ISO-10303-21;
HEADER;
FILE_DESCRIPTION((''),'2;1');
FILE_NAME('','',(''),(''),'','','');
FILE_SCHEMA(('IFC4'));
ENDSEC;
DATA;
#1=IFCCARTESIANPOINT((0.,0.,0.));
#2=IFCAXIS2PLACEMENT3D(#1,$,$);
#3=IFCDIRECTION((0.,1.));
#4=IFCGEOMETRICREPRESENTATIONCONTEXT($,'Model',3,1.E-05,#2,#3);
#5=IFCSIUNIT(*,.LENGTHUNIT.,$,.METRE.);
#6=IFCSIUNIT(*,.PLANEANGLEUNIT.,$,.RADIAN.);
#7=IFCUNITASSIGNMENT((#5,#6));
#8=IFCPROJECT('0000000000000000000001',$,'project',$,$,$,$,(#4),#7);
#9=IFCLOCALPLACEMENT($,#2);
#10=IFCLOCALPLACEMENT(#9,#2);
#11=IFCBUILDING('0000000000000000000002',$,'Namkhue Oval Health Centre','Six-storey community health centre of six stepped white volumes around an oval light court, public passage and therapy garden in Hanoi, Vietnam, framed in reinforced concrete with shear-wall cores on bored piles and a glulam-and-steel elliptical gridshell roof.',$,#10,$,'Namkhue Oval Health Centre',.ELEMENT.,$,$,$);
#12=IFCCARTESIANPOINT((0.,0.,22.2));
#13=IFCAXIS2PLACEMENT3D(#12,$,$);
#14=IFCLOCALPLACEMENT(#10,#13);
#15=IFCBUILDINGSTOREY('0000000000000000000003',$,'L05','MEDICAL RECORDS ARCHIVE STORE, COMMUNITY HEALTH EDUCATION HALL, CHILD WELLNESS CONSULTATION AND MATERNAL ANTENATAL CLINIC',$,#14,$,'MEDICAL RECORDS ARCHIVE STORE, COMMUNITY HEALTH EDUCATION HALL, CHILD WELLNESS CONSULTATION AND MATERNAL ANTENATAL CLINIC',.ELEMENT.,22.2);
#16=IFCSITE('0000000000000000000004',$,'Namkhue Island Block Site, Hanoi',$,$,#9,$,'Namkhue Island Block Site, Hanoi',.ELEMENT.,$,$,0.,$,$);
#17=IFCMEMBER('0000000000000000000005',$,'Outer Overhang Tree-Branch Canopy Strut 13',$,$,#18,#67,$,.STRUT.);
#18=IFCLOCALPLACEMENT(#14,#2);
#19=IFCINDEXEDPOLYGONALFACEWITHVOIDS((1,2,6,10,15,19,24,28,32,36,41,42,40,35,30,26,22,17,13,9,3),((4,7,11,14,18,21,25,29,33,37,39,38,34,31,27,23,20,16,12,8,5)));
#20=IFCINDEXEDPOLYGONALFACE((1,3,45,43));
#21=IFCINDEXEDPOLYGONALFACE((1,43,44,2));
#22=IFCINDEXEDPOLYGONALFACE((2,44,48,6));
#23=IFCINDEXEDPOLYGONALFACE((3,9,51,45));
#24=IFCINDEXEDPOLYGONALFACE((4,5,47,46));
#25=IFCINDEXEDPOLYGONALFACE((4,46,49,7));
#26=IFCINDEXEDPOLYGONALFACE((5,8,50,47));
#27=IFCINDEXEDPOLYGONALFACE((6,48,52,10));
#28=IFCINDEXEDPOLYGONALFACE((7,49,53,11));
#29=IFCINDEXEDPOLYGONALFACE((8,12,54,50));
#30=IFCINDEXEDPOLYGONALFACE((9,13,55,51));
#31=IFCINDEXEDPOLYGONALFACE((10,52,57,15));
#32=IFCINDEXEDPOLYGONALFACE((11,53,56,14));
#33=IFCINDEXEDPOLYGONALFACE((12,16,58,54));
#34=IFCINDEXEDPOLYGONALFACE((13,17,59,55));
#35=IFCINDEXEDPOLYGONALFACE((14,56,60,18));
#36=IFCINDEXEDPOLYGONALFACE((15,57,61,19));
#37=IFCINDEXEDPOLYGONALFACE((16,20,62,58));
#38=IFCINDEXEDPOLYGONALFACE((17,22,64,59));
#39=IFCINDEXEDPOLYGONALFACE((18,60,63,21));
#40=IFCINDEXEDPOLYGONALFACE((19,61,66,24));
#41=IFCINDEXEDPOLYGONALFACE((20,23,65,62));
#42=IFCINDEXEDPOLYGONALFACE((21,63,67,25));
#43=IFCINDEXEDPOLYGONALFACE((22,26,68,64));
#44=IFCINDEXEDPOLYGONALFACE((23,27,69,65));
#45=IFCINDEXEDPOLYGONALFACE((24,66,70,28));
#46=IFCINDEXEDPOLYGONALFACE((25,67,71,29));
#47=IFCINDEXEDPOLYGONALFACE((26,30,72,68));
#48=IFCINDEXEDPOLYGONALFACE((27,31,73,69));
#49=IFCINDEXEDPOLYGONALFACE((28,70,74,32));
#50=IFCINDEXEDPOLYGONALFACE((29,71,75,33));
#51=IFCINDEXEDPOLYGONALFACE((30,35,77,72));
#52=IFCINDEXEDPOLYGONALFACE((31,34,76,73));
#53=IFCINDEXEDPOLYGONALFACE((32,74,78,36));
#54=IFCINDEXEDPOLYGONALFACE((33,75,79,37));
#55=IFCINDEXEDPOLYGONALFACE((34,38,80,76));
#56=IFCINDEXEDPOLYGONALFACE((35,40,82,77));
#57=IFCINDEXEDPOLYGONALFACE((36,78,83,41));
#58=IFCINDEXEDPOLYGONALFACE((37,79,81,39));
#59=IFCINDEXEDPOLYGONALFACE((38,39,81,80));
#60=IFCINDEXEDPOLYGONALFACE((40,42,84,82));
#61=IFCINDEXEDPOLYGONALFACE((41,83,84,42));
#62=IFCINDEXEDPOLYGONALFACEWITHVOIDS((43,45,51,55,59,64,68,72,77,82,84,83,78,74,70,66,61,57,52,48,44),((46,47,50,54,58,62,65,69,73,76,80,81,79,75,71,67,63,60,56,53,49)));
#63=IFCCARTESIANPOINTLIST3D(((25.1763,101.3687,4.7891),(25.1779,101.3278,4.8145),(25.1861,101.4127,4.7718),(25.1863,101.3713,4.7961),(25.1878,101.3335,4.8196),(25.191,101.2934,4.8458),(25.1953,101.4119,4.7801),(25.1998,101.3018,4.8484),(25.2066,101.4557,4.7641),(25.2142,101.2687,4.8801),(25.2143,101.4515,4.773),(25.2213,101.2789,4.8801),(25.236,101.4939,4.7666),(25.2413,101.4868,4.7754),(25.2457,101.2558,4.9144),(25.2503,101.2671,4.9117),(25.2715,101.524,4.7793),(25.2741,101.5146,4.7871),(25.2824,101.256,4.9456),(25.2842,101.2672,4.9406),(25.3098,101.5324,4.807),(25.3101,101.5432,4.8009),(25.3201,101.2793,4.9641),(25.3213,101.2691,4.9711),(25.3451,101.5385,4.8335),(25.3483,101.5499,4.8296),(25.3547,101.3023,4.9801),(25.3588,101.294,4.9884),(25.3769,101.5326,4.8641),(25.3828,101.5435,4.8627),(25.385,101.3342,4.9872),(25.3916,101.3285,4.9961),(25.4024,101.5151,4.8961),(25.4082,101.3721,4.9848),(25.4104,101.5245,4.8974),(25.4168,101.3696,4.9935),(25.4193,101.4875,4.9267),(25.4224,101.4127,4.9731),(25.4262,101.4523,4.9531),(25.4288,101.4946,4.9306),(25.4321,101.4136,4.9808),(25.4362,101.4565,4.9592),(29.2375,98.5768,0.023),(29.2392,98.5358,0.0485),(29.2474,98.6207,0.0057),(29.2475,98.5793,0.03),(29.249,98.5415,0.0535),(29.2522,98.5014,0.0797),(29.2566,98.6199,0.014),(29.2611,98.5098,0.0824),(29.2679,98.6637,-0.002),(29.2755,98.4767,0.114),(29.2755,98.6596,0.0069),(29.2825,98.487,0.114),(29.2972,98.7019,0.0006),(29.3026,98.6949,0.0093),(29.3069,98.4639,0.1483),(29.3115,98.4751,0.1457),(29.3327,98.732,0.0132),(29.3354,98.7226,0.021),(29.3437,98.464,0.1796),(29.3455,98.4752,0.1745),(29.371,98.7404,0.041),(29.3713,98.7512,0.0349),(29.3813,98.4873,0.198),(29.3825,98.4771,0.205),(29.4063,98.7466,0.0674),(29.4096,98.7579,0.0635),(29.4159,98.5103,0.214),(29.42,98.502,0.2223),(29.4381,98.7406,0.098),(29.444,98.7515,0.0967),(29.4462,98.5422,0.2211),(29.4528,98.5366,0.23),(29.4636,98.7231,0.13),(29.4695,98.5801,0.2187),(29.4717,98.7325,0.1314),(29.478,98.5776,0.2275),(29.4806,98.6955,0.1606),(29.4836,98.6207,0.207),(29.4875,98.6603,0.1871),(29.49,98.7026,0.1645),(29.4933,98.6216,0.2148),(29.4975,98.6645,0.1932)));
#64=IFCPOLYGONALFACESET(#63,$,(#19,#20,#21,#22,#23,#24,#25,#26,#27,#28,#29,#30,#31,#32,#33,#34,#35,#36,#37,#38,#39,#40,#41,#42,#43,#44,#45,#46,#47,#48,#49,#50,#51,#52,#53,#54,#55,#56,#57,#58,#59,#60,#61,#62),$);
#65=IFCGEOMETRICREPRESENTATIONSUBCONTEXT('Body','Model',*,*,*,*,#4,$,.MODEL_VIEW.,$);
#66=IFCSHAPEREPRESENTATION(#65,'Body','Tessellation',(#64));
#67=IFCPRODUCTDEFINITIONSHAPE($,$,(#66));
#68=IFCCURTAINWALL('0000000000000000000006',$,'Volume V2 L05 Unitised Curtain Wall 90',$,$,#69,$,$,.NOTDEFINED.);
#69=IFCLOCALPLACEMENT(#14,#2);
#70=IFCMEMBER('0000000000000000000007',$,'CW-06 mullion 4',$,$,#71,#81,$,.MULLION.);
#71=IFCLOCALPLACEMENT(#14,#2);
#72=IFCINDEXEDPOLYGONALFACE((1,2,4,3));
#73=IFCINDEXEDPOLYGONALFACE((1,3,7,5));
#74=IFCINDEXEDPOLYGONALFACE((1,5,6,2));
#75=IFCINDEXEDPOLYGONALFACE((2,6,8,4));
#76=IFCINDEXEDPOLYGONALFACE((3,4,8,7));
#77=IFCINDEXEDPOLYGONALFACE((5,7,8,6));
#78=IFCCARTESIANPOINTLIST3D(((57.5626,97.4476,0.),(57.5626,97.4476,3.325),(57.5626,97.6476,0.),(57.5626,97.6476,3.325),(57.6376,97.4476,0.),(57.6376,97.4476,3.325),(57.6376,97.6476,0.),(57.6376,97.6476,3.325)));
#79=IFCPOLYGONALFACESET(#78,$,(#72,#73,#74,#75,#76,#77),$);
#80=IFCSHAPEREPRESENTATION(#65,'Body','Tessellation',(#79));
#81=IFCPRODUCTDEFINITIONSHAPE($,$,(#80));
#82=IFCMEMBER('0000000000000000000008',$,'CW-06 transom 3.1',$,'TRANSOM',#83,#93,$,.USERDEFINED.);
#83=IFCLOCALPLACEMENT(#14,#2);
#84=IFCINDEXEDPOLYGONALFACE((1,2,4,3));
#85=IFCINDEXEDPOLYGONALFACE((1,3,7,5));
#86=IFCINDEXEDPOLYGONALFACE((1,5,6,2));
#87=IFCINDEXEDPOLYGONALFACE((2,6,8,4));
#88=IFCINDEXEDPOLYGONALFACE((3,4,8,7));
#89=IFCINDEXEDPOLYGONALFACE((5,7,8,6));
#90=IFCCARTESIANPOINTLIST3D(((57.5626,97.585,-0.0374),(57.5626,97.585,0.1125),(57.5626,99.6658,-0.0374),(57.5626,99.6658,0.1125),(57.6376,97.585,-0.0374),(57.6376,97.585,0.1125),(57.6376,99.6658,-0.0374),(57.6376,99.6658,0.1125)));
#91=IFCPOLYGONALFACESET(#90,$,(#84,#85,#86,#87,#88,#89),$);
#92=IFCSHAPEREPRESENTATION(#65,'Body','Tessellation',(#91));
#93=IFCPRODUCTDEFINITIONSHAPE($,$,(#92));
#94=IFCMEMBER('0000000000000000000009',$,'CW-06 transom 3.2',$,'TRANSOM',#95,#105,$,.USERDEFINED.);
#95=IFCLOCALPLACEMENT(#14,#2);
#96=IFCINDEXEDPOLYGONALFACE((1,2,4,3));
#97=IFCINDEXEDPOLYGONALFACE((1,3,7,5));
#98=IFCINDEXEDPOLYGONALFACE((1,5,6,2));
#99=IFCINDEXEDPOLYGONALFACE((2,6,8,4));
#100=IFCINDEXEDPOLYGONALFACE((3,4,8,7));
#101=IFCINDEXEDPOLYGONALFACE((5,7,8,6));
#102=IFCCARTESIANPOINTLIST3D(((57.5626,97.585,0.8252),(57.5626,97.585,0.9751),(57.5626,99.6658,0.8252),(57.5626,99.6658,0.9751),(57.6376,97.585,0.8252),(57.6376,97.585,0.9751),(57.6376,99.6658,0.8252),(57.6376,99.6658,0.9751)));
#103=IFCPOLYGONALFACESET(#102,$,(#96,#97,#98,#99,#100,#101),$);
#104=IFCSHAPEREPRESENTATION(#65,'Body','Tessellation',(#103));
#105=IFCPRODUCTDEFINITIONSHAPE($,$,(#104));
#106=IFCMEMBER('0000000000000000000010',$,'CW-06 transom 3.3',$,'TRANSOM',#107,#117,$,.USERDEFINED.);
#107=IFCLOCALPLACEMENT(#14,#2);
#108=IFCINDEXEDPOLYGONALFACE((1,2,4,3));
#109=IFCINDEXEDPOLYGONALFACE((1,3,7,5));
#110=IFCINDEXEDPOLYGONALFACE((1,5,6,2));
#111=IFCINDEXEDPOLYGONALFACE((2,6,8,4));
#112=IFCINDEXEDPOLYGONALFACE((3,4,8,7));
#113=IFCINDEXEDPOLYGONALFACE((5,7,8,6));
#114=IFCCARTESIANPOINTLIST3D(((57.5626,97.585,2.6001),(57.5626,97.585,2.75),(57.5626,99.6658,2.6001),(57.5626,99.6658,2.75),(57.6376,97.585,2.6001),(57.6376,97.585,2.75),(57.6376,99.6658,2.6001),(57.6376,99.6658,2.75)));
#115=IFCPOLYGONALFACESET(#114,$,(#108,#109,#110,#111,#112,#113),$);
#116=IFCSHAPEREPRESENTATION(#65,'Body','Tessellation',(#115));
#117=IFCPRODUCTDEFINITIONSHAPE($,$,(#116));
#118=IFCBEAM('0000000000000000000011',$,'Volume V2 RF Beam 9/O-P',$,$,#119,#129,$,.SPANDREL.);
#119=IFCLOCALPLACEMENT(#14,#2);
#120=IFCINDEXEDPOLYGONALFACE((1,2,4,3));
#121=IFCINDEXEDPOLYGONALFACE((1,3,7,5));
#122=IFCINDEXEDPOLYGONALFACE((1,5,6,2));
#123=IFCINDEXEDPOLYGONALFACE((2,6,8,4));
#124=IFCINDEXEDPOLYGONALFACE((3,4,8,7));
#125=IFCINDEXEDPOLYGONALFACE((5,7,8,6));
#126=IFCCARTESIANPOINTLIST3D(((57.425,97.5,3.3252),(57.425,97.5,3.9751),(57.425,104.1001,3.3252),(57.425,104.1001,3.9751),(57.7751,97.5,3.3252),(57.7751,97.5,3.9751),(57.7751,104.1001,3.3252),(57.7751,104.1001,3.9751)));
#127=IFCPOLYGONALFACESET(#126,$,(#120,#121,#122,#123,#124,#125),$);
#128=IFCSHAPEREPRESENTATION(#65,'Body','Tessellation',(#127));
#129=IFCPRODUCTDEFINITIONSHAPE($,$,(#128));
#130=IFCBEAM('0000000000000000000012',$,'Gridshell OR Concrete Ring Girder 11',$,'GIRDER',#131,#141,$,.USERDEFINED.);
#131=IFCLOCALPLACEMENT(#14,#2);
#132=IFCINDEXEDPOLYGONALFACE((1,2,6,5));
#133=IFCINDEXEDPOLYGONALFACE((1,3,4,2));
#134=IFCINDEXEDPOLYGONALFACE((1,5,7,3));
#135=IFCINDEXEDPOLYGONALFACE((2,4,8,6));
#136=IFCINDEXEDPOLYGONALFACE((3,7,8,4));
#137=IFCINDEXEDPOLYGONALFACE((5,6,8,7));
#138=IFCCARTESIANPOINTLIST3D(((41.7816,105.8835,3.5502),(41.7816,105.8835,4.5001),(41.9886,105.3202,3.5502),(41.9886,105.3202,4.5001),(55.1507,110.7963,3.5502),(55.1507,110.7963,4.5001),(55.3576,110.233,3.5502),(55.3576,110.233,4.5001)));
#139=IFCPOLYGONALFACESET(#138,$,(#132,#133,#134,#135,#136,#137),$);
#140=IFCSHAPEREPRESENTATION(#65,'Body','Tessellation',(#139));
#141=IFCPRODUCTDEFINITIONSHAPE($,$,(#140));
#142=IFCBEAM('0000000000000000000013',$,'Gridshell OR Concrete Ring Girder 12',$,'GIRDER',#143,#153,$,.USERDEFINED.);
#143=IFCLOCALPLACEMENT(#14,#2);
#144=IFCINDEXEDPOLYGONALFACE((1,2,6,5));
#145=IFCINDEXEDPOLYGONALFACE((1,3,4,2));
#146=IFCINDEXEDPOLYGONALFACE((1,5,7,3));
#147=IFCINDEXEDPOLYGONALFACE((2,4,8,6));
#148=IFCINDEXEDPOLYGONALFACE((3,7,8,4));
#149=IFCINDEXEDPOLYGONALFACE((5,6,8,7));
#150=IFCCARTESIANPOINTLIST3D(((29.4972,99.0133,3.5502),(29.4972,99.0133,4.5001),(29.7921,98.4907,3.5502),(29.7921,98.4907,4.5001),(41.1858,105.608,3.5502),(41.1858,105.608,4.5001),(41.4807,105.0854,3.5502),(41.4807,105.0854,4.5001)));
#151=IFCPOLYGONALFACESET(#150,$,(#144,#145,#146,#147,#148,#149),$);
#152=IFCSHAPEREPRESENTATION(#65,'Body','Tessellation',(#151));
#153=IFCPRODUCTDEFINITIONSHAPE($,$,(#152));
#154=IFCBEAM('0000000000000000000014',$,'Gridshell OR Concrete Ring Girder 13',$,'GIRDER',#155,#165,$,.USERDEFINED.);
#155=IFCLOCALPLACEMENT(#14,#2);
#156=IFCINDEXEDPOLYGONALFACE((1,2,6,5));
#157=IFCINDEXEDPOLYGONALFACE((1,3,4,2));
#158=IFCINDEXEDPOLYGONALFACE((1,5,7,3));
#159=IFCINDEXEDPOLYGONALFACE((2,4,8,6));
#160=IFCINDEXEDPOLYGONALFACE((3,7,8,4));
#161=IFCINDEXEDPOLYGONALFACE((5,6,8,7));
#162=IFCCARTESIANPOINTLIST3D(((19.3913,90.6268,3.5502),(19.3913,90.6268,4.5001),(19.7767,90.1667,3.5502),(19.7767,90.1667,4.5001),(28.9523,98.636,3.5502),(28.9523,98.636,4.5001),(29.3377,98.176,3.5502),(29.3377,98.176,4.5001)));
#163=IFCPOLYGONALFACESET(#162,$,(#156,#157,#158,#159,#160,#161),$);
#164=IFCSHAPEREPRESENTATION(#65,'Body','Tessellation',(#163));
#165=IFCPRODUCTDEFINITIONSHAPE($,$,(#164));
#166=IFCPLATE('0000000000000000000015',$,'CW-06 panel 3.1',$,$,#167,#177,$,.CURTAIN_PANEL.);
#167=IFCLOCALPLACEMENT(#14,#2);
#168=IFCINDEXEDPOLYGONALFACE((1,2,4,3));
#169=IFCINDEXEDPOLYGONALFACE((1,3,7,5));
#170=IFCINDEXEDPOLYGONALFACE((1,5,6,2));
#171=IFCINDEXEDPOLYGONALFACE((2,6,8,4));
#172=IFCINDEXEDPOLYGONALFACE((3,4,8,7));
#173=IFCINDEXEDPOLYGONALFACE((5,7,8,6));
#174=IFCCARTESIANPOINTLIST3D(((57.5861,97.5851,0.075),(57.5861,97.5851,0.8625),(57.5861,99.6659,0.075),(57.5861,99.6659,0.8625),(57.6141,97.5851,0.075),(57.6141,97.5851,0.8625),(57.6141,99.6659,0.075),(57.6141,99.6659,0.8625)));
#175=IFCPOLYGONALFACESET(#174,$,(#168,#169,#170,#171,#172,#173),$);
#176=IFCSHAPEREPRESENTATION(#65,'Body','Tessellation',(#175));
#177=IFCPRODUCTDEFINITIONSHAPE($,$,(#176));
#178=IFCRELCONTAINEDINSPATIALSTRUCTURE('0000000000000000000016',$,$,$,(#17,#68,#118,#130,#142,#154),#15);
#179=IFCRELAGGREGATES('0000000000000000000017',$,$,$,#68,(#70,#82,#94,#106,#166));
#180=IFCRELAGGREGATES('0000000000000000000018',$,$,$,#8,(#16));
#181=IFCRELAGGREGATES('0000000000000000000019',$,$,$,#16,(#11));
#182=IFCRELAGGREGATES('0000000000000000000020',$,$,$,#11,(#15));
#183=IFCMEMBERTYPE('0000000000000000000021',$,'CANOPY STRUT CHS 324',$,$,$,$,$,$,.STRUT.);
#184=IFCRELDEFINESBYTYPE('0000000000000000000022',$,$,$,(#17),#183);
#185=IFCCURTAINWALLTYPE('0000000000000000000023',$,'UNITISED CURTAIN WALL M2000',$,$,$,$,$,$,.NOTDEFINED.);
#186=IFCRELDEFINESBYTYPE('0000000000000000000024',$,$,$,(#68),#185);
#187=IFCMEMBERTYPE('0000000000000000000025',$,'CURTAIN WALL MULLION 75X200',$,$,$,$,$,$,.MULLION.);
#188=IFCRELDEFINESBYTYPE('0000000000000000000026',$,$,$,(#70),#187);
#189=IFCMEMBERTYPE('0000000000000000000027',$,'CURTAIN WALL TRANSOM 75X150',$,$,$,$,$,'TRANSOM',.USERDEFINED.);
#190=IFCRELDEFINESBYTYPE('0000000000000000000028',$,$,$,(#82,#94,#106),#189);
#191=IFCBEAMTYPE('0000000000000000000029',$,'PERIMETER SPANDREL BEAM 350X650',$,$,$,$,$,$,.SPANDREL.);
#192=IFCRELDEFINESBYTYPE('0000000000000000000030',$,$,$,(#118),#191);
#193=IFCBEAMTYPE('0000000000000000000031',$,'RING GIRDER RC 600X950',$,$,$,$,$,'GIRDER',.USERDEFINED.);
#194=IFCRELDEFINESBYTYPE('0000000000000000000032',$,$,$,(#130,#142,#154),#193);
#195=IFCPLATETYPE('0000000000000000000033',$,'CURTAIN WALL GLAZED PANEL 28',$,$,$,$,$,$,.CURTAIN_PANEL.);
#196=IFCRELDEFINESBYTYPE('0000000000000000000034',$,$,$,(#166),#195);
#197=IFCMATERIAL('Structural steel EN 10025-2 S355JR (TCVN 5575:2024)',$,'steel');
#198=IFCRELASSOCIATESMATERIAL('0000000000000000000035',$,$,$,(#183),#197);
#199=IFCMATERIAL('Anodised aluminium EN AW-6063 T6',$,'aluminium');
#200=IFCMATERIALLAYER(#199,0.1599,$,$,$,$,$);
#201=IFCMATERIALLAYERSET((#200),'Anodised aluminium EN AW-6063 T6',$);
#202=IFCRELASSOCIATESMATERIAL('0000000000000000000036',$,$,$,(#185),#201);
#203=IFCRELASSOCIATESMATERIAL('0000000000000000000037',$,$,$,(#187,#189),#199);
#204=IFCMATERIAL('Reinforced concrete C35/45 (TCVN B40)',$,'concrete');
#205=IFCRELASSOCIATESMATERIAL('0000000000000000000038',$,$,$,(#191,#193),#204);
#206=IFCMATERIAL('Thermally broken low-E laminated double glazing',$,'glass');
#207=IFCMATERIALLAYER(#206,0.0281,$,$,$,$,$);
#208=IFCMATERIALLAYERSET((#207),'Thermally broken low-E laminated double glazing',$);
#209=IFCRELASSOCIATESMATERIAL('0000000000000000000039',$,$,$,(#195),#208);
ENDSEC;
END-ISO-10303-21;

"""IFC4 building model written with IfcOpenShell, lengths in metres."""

from ifc_helpers import new_model, si_unit, direction, frame, origin, origin_2d, place, context, subcontext, project, spatial, rectangle, hollow_circle, extrude, material, layer, layer_set, material_profile, profile_set, type_object, element, aggregate, save


model = new_model("IFC4")

# Units and contexts
model_context = context("Model", 3, precision=1e-05, world=origin(), true_north=direction((0.0, 1.0)))
body_context = subcontext(model_context, "Body", "Model", "MODEL_VIEW")
ifc_project = project(units=[si_unit("LENGTHUNIT", "METRE"), si_unit("PLANEANGLEUNIT", "RADIAN")], contexts=[model_context])

# Site, building, storey
site_placement = place(None, origin())
site = spatial("IfcSite", under=ifc_project, at=site_placement, Name="Namkhue Island Block Site, Hanoi", LongName="Namkhue Island Block Site, Hanoi", CompositionType="ELEMENT", RefElevation=0.0)
building_placement = place(site_placement, origin())
building = spatial("IfcBuilding", under=site, at=building_placement, Name="Namkhue Oval Health Centre", Description="Six-storey community health centre of six stepped white volumes around an oval light court, public passage and therapy garden in Hanoi, Vietnam, framed in reinforced concrete with shear-wall cores on bored piles and a glulam-and-steel elliptical gridshell roof.", LongName="Namkhue Oval Health Centre", CompositionType="ELEMENT")
storey_placement = place(building_placement, frame((0.0, 0.0, 22.2)))
storey = spatial("IfcBuildingStorey", under=building, at=storey_placement, Name="L05", Description="MEDICAL RECORDS ARCHIVE STORE, COMMUNITY HEALTH EDUCATION HALL, CHILD WELLNESS CONSULTATION AND MATERNAL ANTENATAL CLINIC", LongName="MEDICAL RECORDS ARCHIVE STORE, COMMUNITY HEALTH EDUCATION HALL, CHILD WELLNESS CONSULTATION AND MATERNAL ANTENATAL CLINIC", CompositionType="ELEMENT", Elevation=22.2)

# Shared definitions
ifc_material_1 = material(Name="Reinforced concrete C35/45 (TCVN B40)", Category="concrete")

# Member
ifc_material_2 = material(Name="Structural steel EN 10025-2 S355JR (TCVN 5575:2024)", Category="steel")
ifc_material_profile_1 = material_profile(ifc_material_2, hollow_circle(Radius=0.1619, WallThickness=0.0125, at=origin_2d()), Name="CHS 323.9x12.5")
ifc_profile_set_1 = profile_set([ifc_material_profile_1], Name="Structural steel EN 10025-2 S355JR (TCVN 5575:2024)")
member_type_1 = type_object("IfcMemberType", Name="CANOPY STRUT CHS 324", PredefinedType="STRUT", material=ifc_profile_set_1)
member_1_placement = place(storey_placement, frame((29.3672, 98.6101, 0.114), z_axis=(-0.592367, 0.407232, 0.695172), x_axis=(-0.56651, -0.824055, 0.0)))
element("IfcMember", 1, at=member_1_placement, inside=storey, type_object=member_type_1, Name="Outer Overhang Tree-Branch Canopy Strut 13", PredefinedType="STRUT", context=body_context, shape_type="SweptSolid", body=[
    extrude(hollow_circle(Radius=0.1619, WallThickness=0.0125, at=origin_2d()), origin(), (0.0, 0.0, 1.0), 6.856),
])

# Curtain wall, members
ifc_material_3 = material(Name="Anodised aluminium EN AW-6063 T6", Category="aluminium")
ifc_layer_1 = layer(ifc_material_3, 0.1599)
ifc_layer_set_1 = layer_set([ifc_layer_1], Name="Anodised aluminium EN AW-6063 T6")
curtain_wall_type = type_object("IfcCurtainWallType", Name="UNITISED CURTAIN WALL M2000", PredefinedType="NOTDEFINED", material=ifc_layer_set_1)
curtain_wall_placement = place(storey_placement, origin())
curtain_wall = element("IfcCurtainWall", 2, at=curtain_wall_placement, inside=storey, type_object=curtain_wall_type, Name="Volume V2 L05 Unitised Curtain Wall 90", PredefinedType="NOTDEFINED")
ifc_material_profile_2 = material_profile(ifc_material_3, rectangle(XDim=0.075, YDim=0.2, at=origin_2d()), Name="ALU 75x200")
ifc_profile_set_2 = profile_set([ifc_material_profile_2], Name="Anodised aluminium EN AW-6063 T6")
member_type_2 = type_object("IfcMemberType", Name="CURTAIN WALL MULLION 75X200", PredefinedType="MULLION", material=ifc_profile_set_2)
member_2_placement = place(storey_placement, frame((57.6001, 97.5476, 0.0), z_axis=(0.0, 0.0, 1.0), x_axis=(1.0, 0.0, 0.0)))
member_2 = element("IfcMember", 3, at=member_2_placement, type_object=member_type_2, Name="CW-06 mullion 4", PredefinedType="MULLION", context=body_context, shape_type="SweptSolid", body=[
    extrude(rectangle(XDim=0.075, YDim=0.2, at=origin_2d()), origin(), (0.0, 0.0, 1.0), 3.325),
])
ifc_material_profile_3 = material_profile(ifc_material_3, rectangle(XDim=0.075, YDim=0.1499, at=origin_2d()), Name="ALU 75x150")
ifc_profile_set_3 = profile_set([ifc_material_profile_3], Name="Anodised aluminium EN AW-6063 T6")
member_type_3 = type_object("IfcMemberType", Name="CURTAIN WALL TRANSOM 75X150", ElementType="TRANSOM", PredefinedType="USERDEFINED", material=ifc_profile_set_3)
member_3_placement = place(storey_placement, frame((57.6001, 99.6658, 0.0376), z_axis=(0.0, -1.0, 0.0), x_axis=(1.0, 0.0, 0.0)))
member_3 = element("IfcMember", 4, at=member_3_placement, type_object=member_type_3, Name="CW-06 transom 3.1", ObjectType="TRANSOM", PredefinedType="USERDEFINED", context=body_context, shape_type="SweptSolid", body=[
    extrude(rectangle(XDim=0.075, YDim=0.1499, at=origin_2d()), origin(), (0.0, 0.0, 1.0), 2.0808),
])
member_4_placement = place(storey_placement, frame((57.6001, 99.6658, 0.9001), z_axis=(0.0, -1.0, 0.0), x_axis=(1.0, 0.0, 0.0)))
member_4 = element("IfcMember", 5, at=member_4_placement, type_object=member_type_3, Name="CW-06 transom 3.2", ObjectType="TRANSOM", PredefinedType="USERDEFINED", context=body_context, shape_type="SweptSolid", body=[
    extrude(rectangle(XDim=0.075, YDim=0.1499, at=origin_2d()), origin(), (0.0, 0.0, 1.0), 2.0808),
])
member_5_placement = place(storey_placement, frame((57.6001, 99.6658, 2.675), z_axis=(0.0, -1.0, 0.0), x_axis=(1.0, 0.0, 0.0)))
member_5 = element("IfcMember", 6, at=member_5_placement, type_object=member_type_3, Name="CW-06 transom 3.3", ObjectType="TRANSOM", PredefinedType="USERDEFINED", context=body_context, shape_type="SweptSolid", body=[
    extrude(rectangle(XDim=0.075, YDim=0.1499, at=origin_2d()), origin(), (0.0, 0.0, 1.0), 2.0808),
])

# Beams
ifc_material_profile_4 = material_profile(ifc_material_1, rectangle(XDim=0.3501, YDim=0.6499, at=origin_2d()), Name="RC 350x650")
ifc_profile_set_4 = profile_set([ifc_material_profile_4], Name="Reinforced concrete C35/45 (TCVN B40)")
beam_type_1 = type_object("IfcBeamType", Name="PERIMETER SPANDREL BEAM 350X650", PredefinedType="SPANDREL", material=ifc_profile_set_4)
beam_1_placement = place(storey_placement, frame((57.6001, 97.5, 3.6501), z_axis=(0.0, 1.0, 0.0), x_axis=(-1.0, 0.0, 0.0)))
element("IfcBeam", 7, at=beam_1_placement, inside=storey, type_object=beam_type_1, Name="Volume V2 RF Beam 9/O-P", PredefinedType="SPANDREL", context=body_context, shape_type="SweptSolid", body=[
    extrude(rectangle(XDim=0.3501, YDim=0.6499, at=origin_2d()), origin(), (0.0, 0.0, 1.0), 6.6001),
])
ifc_material_profile_5 = material_profile(ifc_material_1, rectangle(XDim=0.6001, YDim=0.95, at=origin_2d()), Name="RC 600x950")
ifc_profile_set_5 = profile_set([ifc_material_profile_5], Name="Reinforced concrete C35/45 (TCVN B40)")
beam_type_2 = type_object("IfcBeamType", Name="RING GIRDER RC 600X950", ElementType="GIRDER", PredefinedType="USERDEFINED", material=ifc_profile_set_5)
beam_2_placement = place(storey_placement, frame((55.2542, 110.5146, 4.0251), z_axis=(-0.93863, -0.344924, 0.0), x_axis=(0.344924, -0.93863, 0.0)))
element("IfcBeam", 8, at=beam_2_placement, inside=storey, type_object=beam_type_2, Name="Gridshell OR Concrete Ring Girder 11", ObjectType="GIRDER", PredefinedType="USERDEFINED", context=body_context, shape_type="SweptSolid", body=[
    extrude(rectangle(XDim=0.6001, YDim=0.95, at=origin_2d()), origin(), (0.0, 0.0, 1.0), 14.2432),
])
beam_3_placement = place(storey_placement, frame((41.3333, 105.3467, 4.0251), z_axis=(-0.870944, -0.491383, 0.0), x_axis=(0.491383, -0.870944, 0.0)))
element("IfcBeam", 9, at=beam_3_placement, inside=storey, type_object=beam_type_2, Name="Gridshell OR Concrete Ring Girder 12", ObjectType="GIRDER", PredefinedType="USERDEFINED", context=body_context, shape_type="SweptSolid", body=[
    extrude(rectangle(XDim=0.6001, YDim=0.95, at=origin_2d()), origin(), (0.0, 0.0, 1.0), 13.4207),
])
beam_4_placement = place(storey_placement, frame((29.145, 98.406, 4.0251), z_axis=(-0.766573, -0.642158, 0.0), x_axis=(0.642158, -0.766573, 0.0)))
element("IfcBeam", 10, at=beam_4_placement, inside=storey, type_object=beam_type_2, Name="Gridshell OR Concrete Ring Girder 13", ObjectType="GIRDER", PredefinedType="USERDEFINED", context=body_context, shape_type="SweptSolid", body=[
    extrude(rectangle(XDim=0.6001, YDim=0.95, at=origin_2d()), origin(), (0.0, 0.0, 1.0), 12.4724),
])

# Plate
ifc_material_4 = material(Name="Thermally broken low-E laminated double glazing", Category="glass")
ifc_layer_2 = layer(ifc_material_4, 0.0281)
ifc_layer_set_2 = layer_set([ifc_layer_2], Name="Thermally broken low-E laminated double glazing")
plate_type_1 = type_object("IfcPlateType", Name="CURTAIN WALL GLAZED PANEL 28", PredefinedType="CURTAIN_PANEL", material=ifc_layer_set_2)
plate_1_placement = place(storey_placement, frame((57.6001, 98.6255, 0.075), z_axis=(0.0, 0.0, 1.0), x_axis=(0.0, -1.0, 0.0)))
plate_1 = element("IfcPlate", 11, at=plate_1_placement, type_object=plate_type_1, Name="CW-06 panel 3.1", PredefinedType="CURTAIN_PANEL", context=body_context, shape_type="SweptSolid", body=[
    extrude(rectangle(XDim=2.0808, YDim=0.0281, at=origin_2d()), origin(), (0.0, 0.0, 1.0), 0.7876),
])
aggregate(curtain_wall, [member_2, member_3, member_4, member_5, plate_1])

save(model, "model.ifc")
